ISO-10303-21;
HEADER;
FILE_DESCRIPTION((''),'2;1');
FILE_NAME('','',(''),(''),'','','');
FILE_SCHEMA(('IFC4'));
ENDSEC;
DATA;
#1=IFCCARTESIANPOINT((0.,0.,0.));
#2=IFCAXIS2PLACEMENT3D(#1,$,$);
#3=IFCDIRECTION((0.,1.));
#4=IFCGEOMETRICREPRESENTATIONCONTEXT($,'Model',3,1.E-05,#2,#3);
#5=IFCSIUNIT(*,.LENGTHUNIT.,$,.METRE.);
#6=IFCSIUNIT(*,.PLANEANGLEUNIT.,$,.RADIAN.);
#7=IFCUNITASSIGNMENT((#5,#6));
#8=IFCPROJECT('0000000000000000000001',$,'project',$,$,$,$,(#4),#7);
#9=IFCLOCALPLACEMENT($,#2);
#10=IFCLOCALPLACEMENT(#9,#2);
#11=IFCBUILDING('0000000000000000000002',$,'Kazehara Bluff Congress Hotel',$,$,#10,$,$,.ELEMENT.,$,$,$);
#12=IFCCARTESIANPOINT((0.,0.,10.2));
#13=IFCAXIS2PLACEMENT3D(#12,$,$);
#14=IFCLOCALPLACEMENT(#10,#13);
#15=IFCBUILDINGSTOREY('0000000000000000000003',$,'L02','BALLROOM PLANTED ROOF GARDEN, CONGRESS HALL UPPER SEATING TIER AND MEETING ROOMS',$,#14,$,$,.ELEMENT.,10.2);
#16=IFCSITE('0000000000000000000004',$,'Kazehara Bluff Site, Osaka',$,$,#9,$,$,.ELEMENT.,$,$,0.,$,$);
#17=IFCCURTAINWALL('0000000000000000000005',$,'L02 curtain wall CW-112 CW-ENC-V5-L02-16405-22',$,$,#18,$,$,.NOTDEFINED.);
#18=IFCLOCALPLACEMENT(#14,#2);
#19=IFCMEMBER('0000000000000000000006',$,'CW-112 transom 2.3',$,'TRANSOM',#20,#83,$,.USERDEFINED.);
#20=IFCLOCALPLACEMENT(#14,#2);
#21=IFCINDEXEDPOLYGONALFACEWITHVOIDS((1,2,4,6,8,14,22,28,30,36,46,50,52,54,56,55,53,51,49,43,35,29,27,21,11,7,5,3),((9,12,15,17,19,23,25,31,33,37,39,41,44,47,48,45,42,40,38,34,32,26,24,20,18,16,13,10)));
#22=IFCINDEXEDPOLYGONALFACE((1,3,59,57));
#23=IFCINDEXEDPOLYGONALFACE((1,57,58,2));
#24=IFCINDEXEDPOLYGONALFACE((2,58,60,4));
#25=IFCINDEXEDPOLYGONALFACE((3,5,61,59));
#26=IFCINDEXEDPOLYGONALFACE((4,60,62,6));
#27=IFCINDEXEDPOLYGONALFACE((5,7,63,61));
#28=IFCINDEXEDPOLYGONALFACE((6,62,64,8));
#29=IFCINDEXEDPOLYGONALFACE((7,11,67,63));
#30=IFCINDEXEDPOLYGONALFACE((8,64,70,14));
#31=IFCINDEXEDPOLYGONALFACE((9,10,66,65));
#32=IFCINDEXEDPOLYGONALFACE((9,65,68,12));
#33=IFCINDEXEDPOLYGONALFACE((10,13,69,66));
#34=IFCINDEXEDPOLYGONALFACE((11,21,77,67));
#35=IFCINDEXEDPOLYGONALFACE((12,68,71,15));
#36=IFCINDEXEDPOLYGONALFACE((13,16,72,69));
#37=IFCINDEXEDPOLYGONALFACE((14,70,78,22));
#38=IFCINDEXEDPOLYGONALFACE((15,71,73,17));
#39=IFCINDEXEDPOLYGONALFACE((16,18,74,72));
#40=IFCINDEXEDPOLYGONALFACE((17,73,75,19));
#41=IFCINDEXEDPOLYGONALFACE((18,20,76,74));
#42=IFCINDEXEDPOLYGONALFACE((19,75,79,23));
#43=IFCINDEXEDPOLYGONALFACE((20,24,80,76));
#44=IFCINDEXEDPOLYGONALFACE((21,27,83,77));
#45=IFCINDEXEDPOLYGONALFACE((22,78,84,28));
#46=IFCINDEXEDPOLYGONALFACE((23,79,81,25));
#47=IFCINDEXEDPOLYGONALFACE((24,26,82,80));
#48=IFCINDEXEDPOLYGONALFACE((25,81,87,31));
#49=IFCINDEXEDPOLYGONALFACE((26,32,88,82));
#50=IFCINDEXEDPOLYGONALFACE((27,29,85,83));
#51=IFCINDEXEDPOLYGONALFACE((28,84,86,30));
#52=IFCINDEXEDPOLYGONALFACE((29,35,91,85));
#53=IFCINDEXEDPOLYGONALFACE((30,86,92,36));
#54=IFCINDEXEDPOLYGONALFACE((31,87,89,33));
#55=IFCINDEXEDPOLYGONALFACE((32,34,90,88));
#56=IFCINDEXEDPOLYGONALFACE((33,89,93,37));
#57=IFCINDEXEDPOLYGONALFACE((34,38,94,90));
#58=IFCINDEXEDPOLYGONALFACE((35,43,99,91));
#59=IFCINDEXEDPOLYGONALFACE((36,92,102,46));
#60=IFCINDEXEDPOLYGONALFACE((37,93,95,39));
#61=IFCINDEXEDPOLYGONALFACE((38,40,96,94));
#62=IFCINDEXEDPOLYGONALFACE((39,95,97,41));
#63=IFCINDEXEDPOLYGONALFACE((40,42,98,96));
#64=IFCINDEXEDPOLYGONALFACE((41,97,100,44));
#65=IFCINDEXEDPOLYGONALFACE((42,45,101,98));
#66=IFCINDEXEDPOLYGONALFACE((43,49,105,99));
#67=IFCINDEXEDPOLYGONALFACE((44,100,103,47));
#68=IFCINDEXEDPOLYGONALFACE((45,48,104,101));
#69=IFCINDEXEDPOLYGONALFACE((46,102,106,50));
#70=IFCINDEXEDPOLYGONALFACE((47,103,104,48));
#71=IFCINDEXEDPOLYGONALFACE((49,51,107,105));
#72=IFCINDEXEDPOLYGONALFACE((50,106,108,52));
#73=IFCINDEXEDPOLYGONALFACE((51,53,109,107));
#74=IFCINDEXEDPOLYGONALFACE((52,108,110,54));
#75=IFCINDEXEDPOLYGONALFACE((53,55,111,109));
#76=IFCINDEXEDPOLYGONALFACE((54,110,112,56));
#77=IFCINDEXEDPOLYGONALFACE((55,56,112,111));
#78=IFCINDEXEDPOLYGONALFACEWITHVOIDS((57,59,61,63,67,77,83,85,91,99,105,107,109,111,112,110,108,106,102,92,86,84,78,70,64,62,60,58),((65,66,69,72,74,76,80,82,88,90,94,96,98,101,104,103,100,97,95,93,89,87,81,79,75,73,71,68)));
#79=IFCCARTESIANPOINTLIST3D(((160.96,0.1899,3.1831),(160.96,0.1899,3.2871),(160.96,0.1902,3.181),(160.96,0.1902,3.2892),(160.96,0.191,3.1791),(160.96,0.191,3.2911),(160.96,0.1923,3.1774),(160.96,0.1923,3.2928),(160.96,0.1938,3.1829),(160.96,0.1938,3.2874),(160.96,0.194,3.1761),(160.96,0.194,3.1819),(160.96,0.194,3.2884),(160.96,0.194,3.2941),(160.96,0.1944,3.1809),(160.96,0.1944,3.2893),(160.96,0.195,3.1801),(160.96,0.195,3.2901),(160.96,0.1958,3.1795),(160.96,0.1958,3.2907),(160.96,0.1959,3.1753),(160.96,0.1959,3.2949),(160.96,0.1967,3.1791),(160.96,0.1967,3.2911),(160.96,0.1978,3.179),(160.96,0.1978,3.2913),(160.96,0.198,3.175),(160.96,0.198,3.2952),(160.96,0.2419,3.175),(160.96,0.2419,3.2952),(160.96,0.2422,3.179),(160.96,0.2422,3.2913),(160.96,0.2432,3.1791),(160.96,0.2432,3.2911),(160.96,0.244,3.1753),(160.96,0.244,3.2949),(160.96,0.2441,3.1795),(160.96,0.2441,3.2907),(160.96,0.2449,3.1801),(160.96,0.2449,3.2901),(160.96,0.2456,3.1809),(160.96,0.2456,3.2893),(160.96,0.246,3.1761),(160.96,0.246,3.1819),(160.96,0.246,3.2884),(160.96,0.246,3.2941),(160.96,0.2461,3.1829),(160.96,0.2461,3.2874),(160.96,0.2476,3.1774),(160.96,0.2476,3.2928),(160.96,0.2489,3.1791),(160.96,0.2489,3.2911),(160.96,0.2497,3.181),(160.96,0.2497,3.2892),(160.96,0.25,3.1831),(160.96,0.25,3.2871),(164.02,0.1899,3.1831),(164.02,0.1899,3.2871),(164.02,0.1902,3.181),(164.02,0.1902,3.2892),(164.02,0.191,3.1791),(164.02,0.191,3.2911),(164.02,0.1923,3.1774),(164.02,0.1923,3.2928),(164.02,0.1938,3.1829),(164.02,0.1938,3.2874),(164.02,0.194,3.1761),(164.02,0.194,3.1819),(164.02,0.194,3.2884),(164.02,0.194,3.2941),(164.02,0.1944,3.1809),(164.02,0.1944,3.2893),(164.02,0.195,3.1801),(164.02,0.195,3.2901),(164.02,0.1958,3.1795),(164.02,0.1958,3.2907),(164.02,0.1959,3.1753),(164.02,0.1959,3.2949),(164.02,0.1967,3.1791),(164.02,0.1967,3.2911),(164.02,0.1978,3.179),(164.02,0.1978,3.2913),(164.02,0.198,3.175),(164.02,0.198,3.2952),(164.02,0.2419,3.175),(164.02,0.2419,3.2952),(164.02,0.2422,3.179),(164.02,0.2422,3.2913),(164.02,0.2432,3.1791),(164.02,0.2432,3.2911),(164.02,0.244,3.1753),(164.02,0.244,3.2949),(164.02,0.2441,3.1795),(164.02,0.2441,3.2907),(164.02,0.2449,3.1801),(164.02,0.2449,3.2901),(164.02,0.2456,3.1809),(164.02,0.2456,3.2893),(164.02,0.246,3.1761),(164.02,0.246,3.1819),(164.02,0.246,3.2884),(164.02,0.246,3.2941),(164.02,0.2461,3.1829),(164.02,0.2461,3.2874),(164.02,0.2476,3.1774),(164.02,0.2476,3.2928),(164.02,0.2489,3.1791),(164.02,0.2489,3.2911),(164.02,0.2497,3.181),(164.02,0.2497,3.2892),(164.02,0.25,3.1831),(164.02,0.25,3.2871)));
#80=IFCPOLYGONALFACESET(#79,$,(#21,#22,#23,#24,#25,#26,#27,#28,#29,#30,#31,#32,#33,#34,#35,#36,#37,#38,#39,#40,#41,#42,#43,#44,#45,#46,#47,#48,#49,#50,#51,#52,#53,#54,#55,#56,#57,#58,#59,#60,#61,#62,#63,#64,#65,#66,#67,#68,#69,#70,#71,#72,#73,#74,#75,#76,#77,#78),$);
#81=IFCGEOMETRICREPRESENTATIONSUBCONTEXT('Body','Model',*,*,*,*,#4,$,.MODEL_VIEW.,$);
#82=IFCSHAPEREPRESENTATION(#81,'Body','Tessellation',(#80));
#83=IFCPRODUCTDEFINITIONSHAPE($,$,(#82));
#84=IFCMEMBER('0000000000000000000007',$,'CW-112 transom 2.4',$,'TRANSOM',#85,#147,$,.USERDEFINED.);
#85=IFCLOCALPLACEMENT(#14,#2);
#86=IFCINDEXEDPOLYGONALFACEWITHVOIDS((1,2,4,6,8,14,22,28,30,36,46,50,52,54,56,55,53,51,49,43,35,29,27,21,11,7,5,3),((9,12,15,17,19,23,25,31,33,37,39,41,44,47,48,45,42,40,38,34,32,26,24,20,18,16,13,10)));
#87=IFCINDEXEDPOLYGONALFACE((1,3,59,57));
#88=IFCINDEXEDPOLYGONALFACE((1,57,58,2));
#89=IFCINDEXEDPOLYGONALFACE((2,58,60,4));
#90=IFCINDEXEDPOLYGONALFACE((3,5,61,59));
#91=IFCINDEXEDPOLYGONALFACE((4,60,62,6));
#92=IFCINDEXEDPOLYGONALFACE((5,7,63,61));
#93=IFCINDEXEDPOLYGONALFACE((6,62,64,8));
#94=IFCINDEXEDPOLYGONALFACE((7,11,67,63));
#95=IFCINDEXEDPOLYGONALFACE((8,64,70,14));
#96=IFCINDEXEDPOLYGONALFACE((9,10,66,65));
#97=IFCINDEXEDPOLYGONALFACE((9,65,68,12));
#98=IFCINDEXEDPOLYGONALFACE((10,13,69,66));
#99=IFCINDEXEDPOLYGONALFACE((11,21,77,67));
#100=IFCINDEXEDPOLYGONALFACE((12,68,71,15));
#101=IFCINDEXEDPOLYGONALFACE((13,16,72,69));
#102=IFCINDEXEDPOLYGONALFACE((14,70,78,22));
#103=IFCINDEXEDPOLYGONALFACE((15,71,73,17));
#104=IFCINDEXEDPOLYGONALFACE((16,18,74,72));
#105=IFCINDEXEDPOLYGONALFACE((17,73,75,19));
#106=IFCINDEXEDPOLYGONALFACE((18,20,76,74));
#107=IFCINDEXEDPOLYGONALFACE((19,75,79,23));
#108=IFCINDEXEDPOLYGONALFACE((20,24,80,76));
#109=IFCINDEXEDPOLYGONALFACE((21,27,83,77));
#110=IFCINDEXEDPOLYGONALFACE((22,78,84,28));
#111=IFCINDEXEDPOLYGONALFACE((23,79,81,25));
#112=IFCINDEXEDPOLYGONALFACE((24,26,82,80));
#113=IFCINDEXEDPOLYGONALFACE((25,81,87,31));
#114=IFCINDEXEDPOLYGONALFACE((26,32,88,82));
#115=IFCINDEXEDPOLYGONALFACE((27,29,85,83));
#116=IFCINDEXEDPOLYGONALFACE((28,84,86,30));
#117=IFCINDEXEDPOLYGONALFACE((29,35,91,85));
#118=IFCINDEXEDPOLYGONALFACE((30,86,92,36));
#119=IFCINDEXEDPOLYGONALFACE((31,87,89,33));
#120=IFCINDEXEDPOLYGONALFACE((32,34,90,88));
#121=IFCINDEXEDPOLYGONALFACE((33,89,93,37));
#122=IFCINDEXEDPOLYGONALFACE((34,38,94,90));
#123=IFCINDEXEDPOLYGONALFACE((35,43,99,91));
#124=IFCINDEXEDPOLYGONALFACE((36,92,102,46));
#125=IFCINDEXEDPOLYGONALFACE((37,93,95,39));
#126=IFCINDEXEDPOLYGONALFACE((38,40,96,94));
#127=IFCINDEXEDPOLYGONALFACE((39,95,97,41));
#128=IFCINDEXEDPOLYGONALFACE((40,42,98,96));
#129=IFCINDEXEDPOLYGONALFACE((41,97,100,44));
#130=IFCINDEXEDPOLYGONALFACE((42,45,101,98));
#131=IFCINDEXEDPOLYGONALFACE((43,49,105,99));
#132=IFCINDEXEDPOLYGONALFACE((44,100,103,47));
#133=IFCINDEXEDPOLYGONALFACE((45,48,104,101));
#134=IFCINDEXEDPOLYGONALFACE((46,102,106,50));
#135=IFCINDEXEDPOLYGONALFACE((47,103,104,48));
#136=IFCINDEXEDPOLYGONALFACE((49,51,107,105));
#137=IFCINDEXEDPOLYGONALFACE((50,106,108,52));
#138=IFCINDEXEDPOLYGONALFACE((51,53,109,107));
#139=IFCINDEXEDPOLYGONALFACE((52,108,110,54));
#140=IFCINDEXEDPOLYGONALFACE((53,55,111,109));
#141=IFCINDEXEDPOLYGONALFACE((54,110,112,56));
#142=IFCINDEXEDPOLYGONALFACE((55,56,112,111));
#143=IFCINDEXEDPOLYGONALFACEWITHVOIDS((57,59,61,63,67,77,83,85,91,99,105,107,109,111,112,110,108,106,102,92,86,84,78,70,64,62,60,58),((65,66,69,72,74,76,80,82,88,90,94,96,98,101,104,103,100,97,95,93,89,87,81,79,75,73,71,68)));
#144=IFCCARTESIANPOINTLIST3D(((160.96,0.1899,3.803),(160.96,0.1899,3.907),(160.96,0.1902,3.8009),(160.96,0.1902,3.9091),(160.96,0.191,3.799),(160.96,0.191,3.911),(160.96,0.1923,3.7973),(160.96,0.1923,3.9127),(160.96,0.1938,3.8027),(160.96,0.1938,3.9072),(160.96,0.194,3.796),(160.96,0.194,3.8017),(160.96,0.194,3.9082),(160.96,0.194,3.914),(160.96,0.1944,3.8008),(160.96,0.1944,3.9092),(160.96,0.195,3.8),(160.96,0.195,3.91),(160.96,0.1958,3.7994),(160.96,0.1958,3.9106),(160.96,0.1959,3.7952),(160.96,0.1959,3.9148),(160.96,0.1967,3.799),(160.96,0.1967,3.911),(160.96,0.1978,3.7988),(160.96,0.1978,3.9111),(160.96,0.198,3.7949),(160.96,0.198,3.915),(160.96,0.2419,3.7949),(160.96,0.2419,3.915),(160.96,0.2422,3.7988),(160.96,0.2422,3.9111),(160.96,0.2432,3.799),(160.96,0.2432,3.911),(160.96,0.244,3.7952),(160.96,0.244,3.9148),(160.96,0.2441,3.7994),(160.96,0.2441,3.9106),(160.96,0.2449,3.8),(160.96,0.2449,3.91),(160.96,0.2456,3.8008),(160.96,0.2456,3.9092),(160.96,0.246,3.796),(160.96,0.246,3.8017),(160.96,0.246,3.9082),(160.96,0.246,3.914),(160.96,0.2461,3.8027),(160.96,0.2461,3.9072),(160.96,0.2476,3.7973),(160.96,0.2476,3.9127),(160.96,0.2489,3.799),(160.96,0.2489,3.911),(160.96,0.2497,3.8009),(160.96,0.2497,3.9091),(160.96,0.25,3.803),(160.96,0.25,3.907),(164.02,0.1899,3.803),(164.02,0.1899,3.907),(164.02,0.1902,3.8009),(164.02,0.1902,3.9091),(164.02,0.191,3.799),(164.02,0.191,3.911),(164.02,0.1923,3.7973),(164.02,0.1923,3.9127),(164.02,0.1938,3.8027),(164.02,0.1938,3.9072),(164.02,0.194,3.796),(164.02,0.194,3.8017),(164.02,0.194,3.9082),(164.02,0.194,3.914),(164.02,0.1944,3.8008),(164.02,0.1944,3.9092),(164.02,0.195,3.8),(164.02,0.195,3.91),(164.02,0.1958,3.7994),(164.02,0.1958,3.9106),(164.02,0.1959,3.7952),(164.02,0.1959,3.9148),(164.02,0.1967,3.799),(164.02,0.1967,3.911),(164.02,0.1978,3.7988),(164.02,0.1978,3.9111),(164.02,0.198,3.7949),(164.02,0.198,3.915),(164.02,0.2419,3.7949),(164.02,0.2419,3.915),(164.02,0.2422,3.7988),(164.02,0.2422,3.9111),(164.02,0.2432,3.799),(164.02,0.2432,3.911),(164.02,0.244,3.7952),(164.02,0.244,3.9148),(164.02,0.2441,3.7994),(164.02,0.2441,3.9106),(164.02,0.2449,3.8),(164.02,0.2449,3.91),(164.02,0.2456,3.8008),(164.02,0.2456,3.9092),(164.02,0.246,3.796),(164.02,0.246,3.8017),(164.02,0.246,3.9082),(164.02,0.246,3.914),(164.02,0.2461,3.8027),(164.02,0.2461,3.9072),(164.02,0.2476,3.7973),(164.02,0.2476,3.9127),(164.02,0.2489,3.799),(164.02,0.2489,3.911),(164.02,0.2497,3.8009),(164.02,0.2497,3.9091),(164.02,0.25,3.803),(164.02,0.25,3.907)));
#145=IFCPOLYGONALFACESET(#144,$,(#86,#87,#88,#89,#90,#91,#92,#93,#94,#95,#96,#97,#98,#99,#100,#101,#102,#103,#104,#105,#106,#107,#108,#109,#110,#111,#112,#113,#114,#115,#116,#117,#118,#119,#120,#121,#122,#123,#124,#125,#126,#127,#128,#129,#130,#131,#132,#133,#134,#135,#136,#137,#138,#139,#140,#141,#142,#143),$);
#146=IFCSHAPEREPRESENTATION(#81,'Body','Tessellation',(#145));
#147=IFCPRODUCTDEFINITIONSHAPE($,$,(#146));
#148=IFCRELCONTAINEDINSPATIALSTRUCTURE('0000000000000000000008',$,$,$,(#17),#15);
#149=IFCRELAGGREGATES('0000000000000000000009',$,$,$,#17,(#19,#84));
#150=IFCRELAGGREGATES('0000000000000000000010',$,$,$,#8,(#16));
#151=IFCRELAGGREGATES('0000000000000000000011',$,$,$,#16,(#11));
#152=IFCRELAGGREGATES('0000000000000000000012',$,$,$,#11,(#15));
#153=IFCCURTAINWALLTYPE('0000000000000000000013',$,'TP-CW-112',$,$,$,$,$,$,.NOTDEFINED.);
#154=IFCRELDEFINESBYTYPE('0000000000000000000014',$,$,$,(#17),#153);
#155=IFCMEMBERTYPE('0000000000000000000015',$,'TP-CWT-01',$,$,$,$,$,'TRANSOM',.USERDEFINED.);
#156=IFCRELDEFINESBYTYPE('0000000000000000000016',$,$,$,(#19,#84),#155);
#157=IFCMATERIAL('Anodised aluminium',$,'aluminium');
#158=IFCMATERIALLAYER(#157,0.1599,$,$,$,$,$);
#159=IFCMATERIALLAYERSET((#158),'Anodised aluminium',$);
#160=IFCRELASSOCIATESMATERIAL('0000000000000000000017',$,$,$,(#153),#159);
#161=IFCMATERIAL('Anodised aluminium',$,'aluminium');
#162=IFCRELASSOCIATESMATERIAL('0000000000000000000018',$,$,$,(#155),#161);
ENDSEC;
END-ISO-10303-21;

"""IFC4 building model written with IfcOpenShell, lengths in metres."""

from ifc_helpers import new_model, si_unit, direction, frame, origin, origin_2d, place, context, subcontext, project, spatial, hollow_rectangle, extrude, material, layer, layer_set, material_profile, profile_set, type_object, element, aggregate, save


model = new_model("IFC4")

# Units and contexts
model_context = context("Model", 3, precision=1e-05, world=origin(), true_north=direction((0.0, 1.0)))
body_context = subcontext(model_context, "Body", "Model", "MODEL_VIEW")
ifc_project = project(units=[si_unit("LENGTHUNIT", "METRE"), si_unit("PLANEANGLEUNIT", "RADIAN")], contexts=[model_context])

# Site, building, storey
site_placement = place(None, origin())
site = spatial("IfcSite", under=ifc_project, at=site_placement, Name="Kazehara Bluff Site, Osaka", CompositionType="ELEMENT", RefElevation=0.0)
building_placement = place(site_placement, origin())
building = spatial("IfcBuilding", under=site, at=building_placement, Name="Kazehara Bluff Congress Hotel", CompositionType="ELEMENT")
storey_placement = place(building_placement, frame((0.0, 0.0, 10.2)))
storey = spatial("IfcBuildingStorey", under=building, at=storey_placement, Name="L02", Description="BALLROOM PLANTED ROOF GARDEN, CONGRESS HALL UPPER SEATING TIER AND MEETING ROOMS", CompositionType="ELEMENT", Elevation=10.2)

# Curtain wall
ifc_material_1 = material(Name="Anodised aluminium", Category="aluminium")
ifc_layer_1 = layer(ifc_material_1, 0.1599)
ifc_layer_set_1 = layer_set([ifc_layer_1], Name="Anodised aluminium")
curtain_wall_type_1 = type_object("IfcCurtainWallType", Name="TP-CW-112", PredefinedType="NOTDEFINED", material=ifc_layer_set_1)
curtain_wall_1_placement = place(storey_placement, origin())
curtain_wall_1 = element("IfcCurtainWall", 1, at=curtain_wall_1_placement, inside=storey, type_object=curtain_wall_type_1, Name="L02 curtain wall CW-112 CW-ENC-V5-L02-16405-22", PredefinedType="NOTDEFINED")

# Members
ifc_material_2 = material(Name="Anodised aluminium", Category="aluminium")
ifc_material_profile_1 = material_profile(ifc_material_2, hollow_rectangle(XDim=0.0601, YDim=0.1201, WallThickness=0.0039, InnerFilletRadius=0.0039, OuterFilletRadius=0.0081, at=origin_2d()))
ifc_profile_set_1 = profile_set([ifc_material_profile_1], Name="Anodised aluminium")
member_type_1 = type_object("IfcMemberType", Name="TP-CWT-01", ElementType="TRANSOM", PredefinedType="USERDEFINED", material=ifc_profile_set_1)
member_1_placement = place(storey_placement, frame((164.02, 0.22, 3.2351), z_axis=(-1.0, 0.0, 0.0), x_axis=(0.0, -1.0, 0.0)))
member_1 = element("IfcMember", 2, at=member_1_placement, type_object=member_type_1, Name="CW-112 transom 2.3", ObjectType="TRANSOM", PredefinedType="USERDEFINED", context=body_context, shape_type="SweptSolid", body=[
    extrude(hollow_rectangle(XDim=0.0601, YDim=0.1201, WallThickness=0.0039, InnerFilletRadius=0.0039, OuterFilletRadius=0.0081, at=origin_2d()), origin(), (0.0, 0.0, 1.0), 3.0601),
])
member_2_placement = place(storey_placement, frame((164.02, 0.22, 3.855), z_axis=(-1.0, 0.0, 0.0), x_axis=(0.0, -1.0, 0.0)))
member_2 = element("IfcMember", 3, at=member_2_placement, type_object=member_type_1, Name="CW-112 transom 2.4", ObjectType="TRANSOM", PredefinedType="USERDEFINED", context=body_context, shape_type="SweptSolid", body=[
    extrude(hollow_rectangle(XDim=0.0601, YDim=0.1201, WallThickness=0.0039, InnerFilletRadius=0.0039, OuterFilletRadius=0.0081, at=origin_2d()), origin(), (0.0, 0.0, 1.0), 3.0601),
])

aggregate(curtain_wall_1, [member_1, member_2])

save(model, "model.ifc")
